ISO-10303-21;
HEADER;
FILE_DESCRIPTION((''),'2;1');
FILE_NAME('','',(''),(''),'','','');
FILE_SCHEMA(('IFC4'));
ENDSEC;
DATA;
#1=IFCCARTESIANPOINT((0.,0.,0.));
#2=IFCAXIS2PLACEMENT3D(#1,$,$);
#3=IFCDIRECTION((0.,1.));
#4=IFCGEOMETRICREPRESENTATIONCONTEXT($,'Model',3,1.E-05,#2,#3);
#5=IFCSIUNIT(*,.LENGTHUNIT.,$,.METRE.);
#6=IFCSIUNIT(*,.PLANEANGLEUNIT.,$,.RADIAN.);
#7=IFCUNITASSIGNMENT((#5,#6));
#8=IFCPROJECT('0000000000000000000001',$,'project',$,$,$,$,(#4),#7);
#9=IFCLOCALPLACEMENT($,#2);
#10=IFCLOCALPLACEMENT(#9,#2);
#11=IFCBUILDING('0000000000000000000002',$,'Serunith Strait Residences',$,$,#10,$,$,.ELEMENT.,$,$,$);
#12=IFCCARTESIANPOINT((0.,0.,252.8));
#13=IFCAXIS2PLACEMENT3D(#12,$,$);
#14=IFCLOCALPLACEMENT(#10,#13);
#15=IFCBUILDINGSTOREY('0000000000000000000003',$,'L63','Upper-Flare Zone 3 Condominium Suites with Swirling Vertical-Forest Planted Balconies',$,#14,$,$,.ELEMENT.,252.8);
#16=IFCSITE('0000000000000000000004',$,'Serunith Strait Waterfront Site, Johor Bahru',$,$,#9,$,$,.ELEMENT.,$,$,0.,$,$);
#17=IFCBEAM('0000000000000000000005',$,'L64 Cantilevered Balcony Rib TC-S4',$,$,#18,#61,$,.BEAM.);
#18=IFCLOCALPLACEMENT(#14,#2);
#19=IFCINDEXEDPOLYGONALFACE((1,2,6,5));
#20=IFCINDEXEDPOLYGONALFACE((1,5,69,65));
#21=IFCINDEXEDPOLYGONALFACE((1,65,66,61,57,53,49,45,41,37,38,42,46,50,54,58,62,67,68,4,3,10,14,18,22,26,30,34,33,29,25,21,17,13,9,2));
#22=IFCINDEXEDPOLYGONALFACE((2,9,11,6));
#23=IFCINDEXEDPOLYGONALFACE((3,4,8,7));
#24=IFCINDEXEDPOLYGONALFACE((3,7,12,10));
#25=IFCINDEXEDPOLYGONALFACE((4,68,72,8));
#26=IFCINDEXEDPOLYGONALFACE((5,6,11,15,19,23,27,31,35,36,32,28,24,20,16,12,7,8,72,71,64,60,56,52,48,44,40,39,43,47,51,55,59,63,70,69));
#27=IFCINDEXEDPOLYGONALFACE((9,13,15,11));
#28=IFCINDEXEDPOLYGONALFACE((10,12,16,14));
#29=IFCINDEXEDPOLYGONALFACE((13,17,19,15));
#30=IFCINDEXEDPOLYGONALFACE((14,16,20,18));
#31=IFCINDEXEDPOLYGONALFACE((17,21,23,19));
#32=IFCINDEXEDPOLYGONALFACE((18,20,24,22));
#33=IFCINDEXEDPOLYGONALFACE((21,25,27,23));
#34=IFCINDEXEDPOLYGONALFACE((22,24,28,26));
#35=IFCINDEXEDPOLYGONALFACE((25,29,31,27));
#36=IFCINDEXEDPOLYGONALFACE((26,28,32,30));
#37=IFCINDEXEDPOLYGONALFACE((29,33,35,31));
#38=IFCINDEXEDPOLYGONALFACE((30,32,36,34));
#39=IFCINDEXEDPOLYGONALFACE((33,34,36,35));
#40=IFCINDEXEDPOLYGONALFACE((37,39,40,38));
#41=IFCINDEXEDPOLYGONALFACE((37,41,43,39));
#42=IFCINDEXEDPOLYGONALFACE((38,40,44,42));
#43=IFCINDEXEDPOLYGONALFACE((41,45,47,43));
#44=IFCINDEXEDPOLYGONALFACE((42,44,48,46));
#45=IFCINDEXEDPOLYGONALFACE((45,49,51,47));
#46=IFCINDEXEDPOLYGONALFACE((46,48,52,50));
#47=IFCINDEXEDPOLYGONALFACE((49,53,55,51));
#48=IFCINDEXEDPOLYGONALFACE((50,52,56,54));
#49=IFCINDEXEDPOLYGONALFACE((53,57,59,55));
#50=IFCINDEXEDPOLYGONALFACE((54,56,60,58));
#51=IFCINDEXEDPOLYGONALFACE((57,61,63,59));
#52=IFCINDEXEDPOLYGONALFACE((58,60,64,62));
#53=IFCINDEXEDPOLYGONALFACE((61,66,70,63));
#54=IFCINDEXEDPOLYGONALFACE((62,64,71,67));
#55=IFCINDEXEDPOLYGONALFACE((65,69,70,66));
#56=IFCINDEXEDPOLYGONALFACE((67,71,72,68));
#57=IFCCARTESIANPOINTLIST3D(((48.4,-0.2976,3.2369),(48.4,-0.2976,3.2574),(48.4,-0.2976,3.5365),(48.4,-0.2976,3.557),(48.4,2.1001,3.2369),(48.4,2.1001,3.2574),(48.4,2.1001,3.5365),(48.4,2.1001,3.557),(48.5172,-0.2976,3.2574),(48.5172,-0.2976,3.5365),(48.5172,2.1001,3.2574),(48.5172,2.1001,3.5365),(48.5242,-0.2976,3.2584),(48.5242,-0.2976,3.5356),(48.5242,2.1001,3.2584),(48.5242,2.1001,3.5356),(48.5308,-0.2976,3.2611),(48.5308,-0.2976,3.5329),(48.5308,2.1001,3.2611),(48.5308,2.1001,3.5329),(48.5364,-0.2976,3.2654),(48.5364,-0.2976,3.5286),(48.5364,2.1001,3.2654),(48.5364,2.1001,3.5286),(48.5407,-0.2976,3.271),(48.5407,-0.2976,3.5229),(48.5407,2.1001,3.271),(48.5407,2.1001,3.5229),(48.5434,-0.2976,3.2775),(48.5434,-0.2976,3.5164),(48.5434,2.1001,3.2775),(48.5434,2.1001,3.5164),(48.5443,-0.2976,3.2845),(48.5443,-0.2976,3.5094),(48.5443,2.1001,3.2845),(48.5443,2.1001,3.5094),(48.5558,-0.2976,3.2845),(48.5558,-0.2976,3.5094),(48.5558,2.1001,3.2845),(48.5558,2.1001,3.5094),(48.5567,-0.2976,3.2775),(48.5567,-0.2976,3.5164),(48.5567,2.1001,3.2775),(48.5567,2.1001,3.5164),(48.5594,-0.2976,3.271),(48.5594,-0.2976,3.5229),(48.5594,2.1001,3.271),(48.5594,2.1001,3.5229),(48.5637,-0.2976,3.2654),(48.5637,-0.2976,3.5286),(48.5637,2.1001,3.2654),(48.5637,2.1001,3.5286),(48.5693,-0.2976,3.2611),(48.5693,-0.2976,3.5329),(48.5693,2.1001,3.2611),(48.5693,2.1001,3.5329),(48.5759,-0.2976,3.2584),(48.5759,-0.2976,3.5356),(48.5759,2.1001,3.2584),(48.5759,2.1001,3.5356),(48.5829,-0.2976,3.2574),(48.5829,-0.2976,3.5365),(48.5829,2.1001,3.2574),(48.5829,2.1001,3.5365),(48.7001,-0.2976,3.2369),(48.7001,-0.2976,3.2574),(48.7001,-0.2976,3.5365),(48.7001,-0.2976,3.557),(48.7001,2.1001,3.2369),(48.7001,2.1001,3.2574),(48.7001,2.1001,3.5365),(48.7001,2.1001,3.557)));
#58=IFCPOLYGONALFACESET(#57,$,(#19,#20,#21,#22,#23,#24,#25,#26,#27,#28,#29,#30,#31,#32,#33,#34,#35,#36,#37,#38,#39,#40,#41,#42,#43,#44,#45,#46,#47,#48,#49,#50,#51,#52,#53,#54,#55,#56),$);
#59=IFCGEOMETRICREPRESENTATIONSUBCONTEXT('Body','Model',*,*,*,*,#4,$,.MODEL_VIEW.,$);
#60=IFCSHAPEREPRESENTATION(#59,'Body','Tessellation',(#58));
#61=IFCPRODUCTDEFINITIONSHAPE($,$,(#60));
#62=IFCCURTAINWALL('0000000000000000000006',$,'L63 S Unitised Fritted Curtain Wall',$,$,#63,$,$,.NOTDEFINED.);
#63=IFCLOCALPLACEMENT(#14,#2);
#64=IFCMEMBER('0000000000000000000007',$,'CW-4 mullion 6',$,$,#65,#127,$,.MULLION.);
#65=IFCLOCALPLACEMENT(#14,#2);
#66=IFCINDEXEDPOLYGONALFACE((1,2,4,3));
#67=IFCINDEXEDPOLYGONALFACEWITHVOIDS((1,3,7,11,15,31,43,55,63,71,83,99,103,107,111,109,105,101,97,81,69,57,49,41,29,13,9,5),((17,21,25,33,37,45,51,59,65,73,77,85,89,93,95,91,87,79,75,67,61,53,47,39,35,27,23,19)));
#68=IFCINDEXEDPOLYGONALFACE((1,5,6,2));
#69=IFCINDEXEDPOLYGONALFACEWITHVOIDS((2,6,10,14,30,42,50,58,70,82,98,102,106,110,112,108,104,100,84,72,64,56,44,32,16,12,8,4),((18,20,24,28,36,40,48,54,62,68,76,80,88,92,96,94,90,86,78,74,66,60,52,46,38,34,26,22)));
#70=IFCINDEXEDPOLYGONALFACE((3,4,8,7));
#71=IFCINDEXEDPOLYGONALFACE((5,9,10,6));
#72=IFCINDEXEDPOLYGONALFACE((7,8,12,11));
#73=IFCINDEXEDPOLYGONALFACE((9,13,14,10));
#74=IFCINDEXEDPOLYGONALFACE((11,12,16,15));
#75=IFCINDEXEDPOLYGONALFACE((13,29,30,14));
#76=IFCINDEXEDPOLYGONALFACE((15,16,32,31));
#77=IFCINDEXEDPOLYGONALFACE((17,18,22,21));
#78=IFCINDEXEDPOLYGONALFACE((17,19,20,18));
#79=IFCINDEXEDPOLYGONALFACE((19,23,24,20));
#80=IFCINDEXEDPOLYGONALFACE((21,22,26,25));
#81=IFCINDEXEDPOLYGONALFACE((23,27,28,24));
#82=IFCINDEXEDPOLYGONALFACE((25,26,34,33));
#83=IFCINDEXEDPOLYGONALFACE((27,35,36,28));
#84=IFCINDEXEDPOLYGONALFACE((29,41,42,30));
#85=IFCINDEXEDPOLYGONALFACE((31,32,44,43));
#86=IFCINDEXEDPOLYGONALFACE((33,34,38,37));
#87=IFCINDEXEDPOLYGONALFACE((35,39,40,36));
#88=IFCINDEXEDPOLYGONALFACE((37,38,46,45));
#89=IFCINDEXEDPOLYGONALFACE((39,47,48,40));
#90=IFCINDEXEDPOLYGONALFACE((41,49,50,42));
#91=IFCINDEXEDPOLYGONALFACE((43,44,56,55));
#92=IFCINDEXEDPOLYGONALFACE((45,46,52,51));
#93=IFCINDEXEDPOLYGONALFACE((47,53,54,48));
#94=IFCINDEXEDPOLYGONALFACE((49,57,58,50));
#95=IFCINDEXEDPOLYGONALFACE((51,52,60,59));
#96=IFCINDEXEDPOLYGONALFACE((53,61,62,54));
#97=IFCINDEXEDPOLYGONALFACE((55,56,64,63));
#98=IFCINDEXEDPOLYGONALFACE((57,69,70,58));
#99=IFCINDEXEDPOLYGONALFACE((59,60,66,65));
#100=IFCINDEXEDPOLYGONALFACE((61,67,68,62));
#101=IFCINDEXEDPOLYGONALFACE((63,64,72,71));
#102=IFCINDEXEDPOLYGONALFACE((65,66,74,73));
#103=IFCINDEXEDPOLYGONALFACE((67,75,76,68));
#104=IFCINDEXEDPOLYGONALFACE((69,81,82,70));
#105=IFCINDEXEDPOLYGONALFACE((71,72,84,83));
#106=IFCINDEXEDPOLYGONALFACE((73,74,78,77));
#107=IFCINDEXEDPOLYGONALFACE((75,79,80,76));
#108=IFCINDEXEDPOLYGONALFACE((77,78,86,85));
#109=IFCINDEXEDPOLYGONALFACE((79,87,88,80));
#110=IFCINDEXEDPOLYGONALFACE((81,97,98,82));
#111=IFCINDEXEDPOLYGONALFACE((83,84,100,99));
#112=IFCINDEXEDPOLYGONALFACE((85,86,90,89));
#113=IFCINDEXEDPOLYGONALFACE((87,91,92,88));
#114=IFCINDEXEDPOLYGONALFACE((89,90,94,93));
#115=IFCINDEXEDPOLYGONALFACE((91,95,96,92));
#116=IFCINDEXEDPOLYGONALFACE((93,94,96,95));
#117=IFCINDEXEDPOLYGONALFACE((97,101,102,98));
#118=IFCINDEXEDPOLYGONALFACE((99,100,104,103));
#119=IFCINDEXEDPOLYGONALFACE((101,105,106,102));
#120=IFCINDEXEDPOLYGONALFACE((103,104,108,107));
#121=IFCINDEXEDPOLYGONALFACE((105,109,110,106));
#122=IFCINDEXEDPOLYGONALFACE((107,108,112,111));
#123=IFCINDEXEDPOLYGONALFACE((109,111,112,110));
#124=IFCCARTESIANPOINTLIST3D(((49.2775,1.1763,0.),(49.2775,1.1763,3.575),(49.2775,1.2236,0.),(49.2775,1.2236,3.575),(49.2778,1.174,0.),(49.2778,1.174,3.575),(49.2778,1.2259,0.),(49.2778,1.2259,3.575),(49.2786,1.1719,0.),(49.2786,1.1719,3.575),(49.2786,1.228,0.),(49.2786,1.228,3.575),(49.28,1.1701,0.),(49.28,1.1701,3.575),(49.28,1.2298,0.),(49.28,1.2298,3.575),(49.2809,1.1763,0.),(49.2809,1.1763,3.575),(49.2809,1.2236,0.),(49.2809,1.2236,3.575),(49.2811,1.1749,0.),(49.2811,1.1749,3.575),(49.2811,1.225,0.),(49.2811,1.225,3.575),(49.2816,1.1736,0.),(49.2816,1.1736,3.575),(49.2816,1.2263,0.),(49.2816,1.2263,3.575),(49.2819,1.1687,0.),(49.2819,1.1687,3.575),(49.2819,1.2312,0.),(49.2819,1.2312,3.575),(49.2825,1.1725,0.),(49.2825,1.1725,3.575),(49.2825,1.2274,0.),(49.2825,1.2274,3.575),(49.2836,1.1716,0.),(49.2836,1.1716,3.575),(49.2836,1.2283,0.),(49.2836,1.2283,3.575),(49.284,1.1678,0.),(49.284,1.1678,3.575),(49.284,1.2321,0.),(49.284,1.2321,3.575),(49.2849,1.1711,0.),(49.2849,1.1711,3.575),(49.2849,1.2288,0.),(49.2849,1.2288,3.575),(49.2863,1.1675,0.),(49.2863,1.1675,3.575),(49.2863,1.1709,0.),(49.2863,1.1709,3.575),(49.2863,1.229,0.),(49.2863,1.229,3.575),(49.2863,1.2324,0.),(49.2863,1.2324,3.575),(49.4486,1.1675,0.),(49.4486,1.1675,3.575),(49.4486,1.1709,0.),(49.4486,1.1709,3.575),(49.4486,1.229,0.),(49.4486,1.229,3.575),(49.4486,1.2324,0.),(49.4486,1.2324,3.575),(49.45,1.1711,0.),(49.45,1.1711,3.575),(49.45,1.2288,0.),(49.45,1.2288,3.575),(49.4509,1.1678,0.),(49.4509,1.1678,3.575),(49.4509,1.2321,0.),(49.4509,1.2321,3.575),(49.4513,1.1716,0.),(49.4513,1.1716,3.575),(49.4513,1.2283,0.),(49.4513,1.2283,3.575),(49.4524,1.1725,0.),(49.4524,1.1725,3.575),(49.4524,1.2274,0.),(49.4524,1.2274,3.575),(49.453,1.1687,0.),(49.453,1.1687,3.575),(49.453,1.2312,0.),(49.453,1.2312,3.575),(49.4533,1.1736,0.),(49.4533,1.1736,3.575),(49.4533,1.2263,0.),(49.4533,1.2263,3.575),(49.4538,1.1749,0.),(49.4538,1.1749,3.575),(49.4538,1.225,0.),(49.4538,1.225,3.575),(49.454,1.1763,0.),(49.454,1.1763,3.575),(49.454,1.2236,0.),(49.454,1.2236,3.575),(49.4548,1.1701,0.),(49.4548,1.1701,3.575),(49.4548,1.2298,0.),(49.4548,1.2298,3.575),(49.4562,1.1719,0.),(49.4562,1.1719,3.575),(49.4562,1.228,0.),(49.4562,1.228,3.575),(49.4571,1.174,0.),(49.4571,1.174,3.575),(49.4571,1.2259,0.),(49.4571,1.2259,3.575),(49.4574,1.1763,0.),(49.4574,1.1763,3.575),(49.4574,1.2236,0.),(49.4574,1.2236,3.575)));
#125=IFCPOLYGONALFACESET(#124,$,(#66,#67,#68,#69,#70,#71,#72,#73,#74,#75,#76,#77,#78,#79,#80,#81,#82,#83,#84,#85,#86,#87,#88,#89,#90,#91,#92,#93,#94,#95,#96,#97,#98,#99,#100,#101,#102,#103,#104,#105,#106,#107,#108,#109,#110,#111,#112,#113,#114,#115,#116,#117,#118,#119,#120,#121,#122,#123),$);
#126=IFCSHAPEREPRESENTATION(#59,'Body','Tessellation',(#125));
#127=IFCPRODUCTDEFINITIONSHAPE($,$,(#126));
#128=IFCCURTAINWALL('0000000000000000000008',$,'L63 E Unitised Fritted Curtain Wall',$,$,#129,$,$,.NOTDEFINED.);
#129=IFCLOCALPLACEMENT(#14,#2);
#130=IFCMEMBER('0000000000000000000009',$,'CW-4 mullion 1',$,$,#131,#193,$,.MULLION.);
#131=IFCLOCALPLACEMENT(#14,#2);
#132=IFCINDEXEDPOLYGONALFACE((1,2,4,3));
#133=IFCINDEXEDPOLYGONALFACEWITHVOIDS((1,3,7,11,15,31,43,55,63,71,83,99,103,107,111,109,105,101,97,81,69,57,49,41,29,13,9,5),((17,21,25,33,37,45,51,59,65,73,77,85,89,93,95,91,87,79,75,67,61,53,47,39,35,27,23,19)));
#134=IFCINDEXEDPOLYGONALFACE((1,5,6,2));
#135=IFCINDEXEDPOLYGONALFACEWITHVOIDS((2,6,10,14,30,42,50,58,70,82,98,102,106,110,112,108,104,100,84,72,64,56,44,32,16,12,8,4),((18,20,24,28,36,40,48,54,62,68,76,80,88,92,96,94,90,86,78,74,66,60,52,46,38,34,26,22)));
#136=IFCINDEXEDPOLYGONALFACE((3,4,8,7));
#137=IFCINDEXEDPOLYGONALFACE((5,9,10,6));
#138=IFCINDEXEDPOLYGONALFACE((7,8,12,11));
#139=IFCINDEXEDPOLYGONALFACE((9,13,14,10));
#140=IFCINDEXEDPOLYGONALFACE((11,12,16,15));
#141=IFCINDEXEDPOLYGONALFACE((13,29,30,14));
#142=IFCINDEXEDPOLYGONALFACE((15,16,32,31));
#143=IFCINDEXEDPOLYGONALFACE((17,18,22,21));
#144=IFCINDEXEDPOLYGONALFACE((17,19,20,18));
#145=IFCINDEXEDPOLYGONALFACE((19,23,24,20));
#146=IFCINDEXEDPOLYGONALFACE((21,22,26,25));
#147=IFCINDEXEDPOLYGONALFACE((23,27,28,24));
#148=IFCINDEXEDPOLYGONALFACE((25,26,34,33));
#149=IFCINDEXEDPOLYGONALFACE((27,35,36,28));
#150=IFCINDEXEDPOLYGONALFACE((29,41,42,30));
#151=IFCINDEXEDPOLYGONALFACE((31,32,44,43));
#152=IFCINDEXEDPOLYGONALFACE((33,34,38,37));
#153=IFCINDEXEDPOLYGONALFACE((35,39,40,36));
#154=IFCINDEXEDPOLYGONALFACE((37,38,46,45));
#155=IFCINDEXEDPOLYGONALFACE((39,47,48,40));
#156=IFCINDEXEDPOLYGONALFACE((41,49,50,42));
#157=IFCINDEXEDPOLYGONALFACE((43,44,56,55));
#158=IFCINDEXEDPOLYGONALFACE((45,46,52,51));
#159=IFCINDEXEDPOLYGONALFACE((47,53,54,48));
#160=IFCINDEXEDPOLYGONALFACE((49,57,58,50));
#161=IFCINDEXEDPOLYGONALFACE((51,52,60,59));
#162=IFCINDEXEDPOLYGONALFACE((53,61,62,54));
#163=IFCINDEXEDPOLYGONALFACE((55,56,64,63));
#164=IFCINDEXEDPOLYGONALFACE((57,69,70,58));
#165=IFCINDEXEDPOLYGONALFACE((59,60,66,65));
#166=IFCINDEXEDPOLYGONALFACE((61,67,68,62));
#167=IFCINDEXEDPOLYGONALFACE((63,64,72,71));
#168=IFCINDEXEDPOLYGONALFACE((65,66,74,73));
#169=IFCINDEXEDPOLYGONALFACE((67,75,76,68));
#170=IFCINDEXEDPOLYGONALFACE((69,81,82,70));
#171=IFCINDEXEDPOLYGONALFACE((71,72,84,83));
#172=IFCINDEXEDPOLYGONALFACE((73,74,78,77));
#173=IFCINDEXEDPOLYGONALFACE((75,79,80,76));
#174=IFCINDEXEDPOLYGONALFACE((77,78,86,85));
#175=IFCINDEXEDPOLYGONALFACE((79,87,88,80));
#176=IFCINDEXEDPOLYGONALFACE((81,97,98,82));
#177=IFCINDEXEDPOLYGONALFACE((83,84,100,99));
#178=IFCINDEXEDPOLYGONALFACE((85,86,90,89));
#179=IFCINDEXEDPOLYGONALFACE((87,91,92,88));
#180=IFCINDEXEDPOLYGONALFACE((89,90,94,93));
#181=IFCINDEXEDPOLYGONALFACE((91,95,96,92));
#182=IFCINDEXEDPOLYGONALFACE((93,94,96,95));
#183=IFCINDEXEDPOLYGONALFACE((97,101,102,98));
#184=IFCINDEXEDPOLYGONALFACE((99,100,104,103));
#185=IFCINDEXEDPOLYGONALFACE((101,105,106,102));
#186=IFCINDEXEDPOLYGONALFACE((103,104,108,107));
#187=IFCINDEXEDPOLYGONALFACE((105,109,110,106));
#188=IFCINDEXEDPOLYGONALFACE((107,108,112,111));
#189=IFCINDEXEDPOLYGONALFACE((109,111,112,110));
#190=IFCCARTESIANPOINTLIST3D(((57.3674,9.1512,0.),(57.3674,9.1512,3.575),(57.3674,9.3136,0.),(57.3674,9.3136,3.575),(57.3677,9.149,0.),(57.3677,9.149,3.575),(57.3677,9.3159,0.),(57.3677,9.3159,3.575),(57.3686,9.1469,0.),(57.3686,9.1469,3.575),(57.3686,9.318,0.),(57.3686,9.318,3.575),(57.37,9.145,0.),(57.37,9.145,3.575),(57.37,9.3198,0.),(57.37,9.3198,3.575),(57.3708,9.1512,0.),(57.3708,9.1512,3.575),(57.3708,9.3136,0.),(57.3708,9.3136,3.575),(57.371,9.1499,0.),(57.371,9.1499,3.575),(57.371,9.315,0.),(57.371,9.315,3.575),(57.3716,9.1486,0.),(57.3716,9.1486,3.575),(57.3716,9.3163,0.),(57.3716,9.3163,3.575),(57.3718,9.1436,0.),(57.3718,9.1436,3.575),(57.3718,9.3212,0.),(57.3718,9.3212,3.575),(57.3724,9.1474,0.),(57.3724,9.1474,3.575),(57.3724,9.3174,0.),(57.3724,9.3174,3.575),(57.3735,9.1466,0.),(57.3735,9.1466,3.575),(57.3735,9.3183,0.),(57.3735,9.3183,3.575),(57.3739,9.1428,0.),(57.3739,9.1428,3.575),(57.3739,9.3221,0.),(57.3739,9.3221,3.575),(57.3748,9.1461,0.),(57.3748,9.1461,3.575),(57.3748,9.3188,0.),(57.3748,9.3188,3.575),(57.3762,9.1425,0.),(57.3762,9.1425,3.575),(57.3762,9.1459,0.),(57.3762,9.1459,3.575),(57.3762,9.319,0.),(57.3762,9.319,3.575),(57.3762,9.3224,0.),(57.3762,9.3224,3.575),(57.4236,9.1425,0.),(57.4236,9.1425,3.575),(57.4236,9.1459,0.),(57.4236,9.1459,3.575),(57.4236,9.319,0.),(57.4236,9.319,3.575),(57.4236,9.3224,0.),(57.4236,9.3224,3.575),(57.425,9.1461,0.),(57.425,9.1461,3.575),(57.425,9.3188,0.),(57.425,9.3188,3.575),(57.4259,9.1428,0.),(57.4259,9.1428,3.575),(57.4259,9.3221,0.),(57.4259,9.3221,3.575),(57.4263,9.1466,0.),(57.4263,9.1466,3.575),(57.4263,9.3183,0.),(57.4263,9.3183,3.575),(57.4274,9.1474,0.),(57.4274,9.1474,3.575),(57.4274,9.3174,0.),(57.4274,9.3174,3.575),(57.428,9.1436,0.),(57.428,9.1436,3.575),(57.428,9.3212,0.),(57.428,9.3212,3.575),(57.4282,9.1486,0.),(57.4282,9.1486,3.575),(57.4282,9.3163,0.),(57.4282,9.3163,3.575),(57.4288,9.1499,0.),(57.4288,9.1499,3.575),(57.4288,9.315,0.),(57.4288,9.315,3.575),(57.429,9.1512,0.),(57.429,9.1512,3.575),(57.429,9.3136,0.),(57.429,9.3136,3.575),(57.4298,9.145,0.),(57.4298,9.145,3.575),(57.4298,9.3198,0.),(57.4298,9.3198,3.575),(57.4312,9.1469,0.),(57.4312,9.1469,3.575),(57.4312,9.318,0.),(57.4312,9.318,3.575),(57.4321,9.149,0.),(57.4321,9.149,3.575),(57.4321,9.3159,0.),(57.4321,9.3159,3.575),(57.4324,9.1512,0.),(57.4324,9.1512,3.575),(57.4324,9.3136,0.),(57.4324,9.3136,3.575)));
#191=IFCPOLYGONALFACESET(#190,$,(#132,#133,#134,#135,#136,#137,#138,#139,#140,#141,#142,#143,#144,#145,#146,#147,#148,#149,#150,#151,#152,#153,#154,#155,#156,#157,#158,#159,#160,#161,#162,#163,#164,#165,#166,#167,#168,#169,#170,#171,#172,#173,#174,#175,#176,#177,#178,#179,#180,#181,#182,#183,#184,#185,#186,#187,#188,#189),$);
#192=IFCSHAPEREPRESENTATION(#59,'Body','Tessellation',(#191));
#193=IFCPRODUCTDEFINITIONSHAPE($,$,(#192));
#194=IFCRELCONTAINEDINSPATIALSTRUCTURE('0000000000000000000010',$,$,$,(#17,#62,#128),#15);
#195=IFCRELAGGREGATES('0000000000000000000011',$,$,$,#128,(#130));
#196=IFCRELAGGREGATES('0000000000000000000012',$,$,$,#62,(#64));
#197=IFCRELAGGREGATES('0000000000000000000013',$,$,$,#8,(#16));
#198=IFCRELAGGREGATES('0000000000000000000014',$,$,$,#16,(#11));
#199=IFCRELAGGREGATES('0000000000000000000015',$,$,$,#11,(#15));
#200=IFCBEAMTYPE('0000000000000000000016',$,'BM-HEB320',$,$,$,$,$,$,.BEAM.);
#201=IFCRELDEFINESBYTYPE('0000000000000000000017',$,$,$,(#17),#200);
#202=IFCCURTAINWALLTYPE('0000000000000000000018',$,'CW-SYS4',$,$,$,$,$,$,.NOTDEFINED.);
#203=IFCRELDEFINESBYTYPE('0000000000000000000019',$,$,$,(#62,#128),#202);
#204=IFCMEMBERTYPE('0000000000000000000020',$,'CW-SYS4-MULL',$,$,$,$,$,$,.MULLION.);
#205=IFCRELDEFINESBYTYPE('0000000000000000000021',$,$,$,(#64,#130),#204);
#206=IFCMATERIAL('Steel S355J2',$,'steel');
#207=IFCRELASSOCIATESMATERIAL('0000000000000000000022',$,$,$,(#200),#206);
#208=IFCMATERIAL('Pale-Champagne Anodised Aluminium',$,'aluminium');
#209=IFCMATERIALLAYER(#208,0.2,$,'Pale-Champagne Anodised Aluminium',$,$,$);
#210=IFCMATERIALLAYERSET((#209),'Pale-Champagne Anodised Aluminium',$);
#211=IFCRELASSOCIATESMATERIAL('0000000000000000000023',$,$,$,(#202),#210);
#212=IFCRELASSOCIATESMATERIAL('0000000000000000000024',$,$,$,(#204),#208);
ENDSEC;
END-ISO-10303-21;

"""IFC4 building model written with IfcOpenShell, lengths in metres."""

from ifc_helpers import new_model, si_unit, direction, frame, origin, origin_2d, place, context, subcontext, project, spatial, hollow_rectangle, i_section, extrude, source, transform, mapped, material, layer, layer_set, material_profile, profile_set, type_object, element, aggregate, save


model = new_model("IFC4")

# Units and contexts
model_context = context("Model", 3, precision=1e-05, world=origin(), true_north=direction((0.0, 1.0)))
body_context = subcontext(model_context, "Body", "Model", "MODEL_VIEW")
ifc_project = project(units=[si_unit("LENGTHUNIT", "METRE"), si_unit("PLANEANGLEUNIT", "RADIAN")], contexts=[model_context])

# Site, building, storey
site_placement = place(None, origin())
site = spatial("IfcSite", under=ifc_project, at=site_placement, Name="Serunith Strait Waterfront Site, Johor Bahru", CompositionType="ELEMENT", RefElevation=0.0)
building_placement = place(site_placement, origin())
building = spatial("IfcBuilding", under=site, at=building_placement, Name="Serunith Strait Residences", CompositionType="ELEMENT")
storey_placement = place(building_placement, frame((0.0, 0.0, 252.8)))
storey = spatial("IfcBuildingStorey", under=building, at=storey_placement, Name="L63", Description="Upper-Flare Zone 3 Condominium Suites with Swirling Vertical-Forest Planted Balconies", CompositionType="ELEMENT", Elevation=252.8)

# Beam
ifc_material_1 = material(Name="Steel S355J2", Category="steel")
ifc_material_profile_1 = material_profile(ifc_material_1, i_section(OverallWidth=0.3, OverallDepth=0.3201, WebThickness=0.0115, FlangeThickness=0.0205, FilletRadius=0.0271, at=origin_2d()), Name="HEB 320")
ifc_profile_set_1 = profile_set([ifc_material_profile_1], Name="Steel S355J2")
beam_type_1 = type_object("IfcBeamType", Name="BM-HEB320", PredefinedType="BEAM", material=ifc_profile_set_1)
shared_shape_1 = source(origin(), body_context, "Body", "SweptSolid", [
    extrude(i_section(OverallWidth=0.3, OverallDepth=0.3201, WebThickness=0.0115, FlangeThickness=0.0205, FilletRadius=0.0271, at=origin_2d()), origin(), (0.0, 0.0, 1.0), 2.3977),
])
beam_1_placement = place(storey_placement, frame((48.55, 2.1001, 3.397), z_axis=(0.0, -1.0, 0.0), x_axis=(1.0, 0.0, 0.0)))
element("IfcBeam", 1, at=beam_1_placement, inside=storey, type_object=beam_type_1, Name="L64 Cantilevered Balcony Rib TC-S4", PredefinedType="BEAM", context=body_context, shape_type="MappedRepresentation", body=[
    mapped(shared_shape_1, transform((0.0, 0.0, 0.0), scale=1.0)),
])

# Curtain wall, member
ifc_material_2 = material(Name="Pale-Champagne Anodised Aluminium", Category="aluminium")
ifc_layer_1 = layer(ifc_material_2, 0.2, Name="Pale-Champagne Anodised Aluminium")
ifc_layer_set_1 = layer_set([ifc_layer_1], Name="Pale-Champagne Anodised Aluminium")
curtain_wall_type = type_object("IfcCurtainWallType", Name="CW-SYS4", PredefinedType="NOTDEFINED", material=ifc_layer_set_1)
curtain_wall_1_placement = place(storey_placement, origin())
curtain_wall_1 = element("IfcCurtainWall", 2, at=curtain_wall_1_placement, inside=storey, type_object=curtain_wall_type, Name="L63 S Unitised Fritted Curtain Wall", PredefinedType="NOTDEFINED")
ifc_material_profile_2 = material_profile(ifc_material_2, hollow_rectangle(XDim=0.0649, YDim=0.1799, WallThickness=0.0034, InnerFilletRadius=0.0054, OuterFilletRadius=0.0088, at=origin_2d()), Name="ALU 180x65x3.5")
ifc_profile_set_2 = profile_set([ifc_material_profile_2], Name="Pale-Champagne Anodised Aluminium")
member_type_1 = type_object("IfcMemberType", Name="CW-SYS4-MULL", PredefinedType="MULLION", material=ifc_profile_set_2)
shared_shape_2 = source(origin(), body_context, "Body", "SweptSolid", [
    extrude(hollow_rectangle(XDim=0.0649, YDim=0.1799, WallThickness=0.0034, InnerFilletRadius=0.0054, OuterFilletRadius=0.0088, at=origin_2d()), origin(), (0.0, 0.0, 1.0), 3.575),
])
member_1_placement = place(storey_placement, frame((49.3674, 1.2, 0.0), z_axis=(0.0, 0.0, 1.0), x_axis=(0.0, 1.0, 0.0)))
member_1 = element("IfcMember", 3, at=member_1_placement, type_object=member_type_1, Name="CW-4 mullion 6", PredefinedType="MULLION", context=body_context, shape_type="MappedRepresentation", body=[
    mapped(shared_shape_2, transform((0.0, 0.0, 0.0), scale=1.0)),
])

# Curtain wall, member
curtain_wall_2_placement = place(storey_placement, origin())
curtain_wall_2 = element("IfcCurtainWall", 4, at=curtain_wall_2_placement, inside=storey, type_object=curtain_wall_type, Name="L63 E Unitised Fritted Curtain Wall", PredefinedType="NOTDEFINED")
member_2_placement = place(storey_placement, frame((57.3999, 9.2324, 0.0), z_axis=(0.0, 0.0, 1.0), x_axis=(-1.0, 0.0, 0.0)))
member_2 = element("IfcMember", 5, at=member_2_placement, type_object=member_type_1, Name="CW-4 mullion 1", PredefinedType="MULLION", context=body_context, shape_type="MappedRepresentation", body=[
    mapped(shared_shape_2, transform((0.0, 0.0, 0.0), scale=1.0)),
])
aggregate(curtain_wall_2, [member_2])

aggregate(curtain_wall_1, [member_1])

save(model, "model.ifc")
